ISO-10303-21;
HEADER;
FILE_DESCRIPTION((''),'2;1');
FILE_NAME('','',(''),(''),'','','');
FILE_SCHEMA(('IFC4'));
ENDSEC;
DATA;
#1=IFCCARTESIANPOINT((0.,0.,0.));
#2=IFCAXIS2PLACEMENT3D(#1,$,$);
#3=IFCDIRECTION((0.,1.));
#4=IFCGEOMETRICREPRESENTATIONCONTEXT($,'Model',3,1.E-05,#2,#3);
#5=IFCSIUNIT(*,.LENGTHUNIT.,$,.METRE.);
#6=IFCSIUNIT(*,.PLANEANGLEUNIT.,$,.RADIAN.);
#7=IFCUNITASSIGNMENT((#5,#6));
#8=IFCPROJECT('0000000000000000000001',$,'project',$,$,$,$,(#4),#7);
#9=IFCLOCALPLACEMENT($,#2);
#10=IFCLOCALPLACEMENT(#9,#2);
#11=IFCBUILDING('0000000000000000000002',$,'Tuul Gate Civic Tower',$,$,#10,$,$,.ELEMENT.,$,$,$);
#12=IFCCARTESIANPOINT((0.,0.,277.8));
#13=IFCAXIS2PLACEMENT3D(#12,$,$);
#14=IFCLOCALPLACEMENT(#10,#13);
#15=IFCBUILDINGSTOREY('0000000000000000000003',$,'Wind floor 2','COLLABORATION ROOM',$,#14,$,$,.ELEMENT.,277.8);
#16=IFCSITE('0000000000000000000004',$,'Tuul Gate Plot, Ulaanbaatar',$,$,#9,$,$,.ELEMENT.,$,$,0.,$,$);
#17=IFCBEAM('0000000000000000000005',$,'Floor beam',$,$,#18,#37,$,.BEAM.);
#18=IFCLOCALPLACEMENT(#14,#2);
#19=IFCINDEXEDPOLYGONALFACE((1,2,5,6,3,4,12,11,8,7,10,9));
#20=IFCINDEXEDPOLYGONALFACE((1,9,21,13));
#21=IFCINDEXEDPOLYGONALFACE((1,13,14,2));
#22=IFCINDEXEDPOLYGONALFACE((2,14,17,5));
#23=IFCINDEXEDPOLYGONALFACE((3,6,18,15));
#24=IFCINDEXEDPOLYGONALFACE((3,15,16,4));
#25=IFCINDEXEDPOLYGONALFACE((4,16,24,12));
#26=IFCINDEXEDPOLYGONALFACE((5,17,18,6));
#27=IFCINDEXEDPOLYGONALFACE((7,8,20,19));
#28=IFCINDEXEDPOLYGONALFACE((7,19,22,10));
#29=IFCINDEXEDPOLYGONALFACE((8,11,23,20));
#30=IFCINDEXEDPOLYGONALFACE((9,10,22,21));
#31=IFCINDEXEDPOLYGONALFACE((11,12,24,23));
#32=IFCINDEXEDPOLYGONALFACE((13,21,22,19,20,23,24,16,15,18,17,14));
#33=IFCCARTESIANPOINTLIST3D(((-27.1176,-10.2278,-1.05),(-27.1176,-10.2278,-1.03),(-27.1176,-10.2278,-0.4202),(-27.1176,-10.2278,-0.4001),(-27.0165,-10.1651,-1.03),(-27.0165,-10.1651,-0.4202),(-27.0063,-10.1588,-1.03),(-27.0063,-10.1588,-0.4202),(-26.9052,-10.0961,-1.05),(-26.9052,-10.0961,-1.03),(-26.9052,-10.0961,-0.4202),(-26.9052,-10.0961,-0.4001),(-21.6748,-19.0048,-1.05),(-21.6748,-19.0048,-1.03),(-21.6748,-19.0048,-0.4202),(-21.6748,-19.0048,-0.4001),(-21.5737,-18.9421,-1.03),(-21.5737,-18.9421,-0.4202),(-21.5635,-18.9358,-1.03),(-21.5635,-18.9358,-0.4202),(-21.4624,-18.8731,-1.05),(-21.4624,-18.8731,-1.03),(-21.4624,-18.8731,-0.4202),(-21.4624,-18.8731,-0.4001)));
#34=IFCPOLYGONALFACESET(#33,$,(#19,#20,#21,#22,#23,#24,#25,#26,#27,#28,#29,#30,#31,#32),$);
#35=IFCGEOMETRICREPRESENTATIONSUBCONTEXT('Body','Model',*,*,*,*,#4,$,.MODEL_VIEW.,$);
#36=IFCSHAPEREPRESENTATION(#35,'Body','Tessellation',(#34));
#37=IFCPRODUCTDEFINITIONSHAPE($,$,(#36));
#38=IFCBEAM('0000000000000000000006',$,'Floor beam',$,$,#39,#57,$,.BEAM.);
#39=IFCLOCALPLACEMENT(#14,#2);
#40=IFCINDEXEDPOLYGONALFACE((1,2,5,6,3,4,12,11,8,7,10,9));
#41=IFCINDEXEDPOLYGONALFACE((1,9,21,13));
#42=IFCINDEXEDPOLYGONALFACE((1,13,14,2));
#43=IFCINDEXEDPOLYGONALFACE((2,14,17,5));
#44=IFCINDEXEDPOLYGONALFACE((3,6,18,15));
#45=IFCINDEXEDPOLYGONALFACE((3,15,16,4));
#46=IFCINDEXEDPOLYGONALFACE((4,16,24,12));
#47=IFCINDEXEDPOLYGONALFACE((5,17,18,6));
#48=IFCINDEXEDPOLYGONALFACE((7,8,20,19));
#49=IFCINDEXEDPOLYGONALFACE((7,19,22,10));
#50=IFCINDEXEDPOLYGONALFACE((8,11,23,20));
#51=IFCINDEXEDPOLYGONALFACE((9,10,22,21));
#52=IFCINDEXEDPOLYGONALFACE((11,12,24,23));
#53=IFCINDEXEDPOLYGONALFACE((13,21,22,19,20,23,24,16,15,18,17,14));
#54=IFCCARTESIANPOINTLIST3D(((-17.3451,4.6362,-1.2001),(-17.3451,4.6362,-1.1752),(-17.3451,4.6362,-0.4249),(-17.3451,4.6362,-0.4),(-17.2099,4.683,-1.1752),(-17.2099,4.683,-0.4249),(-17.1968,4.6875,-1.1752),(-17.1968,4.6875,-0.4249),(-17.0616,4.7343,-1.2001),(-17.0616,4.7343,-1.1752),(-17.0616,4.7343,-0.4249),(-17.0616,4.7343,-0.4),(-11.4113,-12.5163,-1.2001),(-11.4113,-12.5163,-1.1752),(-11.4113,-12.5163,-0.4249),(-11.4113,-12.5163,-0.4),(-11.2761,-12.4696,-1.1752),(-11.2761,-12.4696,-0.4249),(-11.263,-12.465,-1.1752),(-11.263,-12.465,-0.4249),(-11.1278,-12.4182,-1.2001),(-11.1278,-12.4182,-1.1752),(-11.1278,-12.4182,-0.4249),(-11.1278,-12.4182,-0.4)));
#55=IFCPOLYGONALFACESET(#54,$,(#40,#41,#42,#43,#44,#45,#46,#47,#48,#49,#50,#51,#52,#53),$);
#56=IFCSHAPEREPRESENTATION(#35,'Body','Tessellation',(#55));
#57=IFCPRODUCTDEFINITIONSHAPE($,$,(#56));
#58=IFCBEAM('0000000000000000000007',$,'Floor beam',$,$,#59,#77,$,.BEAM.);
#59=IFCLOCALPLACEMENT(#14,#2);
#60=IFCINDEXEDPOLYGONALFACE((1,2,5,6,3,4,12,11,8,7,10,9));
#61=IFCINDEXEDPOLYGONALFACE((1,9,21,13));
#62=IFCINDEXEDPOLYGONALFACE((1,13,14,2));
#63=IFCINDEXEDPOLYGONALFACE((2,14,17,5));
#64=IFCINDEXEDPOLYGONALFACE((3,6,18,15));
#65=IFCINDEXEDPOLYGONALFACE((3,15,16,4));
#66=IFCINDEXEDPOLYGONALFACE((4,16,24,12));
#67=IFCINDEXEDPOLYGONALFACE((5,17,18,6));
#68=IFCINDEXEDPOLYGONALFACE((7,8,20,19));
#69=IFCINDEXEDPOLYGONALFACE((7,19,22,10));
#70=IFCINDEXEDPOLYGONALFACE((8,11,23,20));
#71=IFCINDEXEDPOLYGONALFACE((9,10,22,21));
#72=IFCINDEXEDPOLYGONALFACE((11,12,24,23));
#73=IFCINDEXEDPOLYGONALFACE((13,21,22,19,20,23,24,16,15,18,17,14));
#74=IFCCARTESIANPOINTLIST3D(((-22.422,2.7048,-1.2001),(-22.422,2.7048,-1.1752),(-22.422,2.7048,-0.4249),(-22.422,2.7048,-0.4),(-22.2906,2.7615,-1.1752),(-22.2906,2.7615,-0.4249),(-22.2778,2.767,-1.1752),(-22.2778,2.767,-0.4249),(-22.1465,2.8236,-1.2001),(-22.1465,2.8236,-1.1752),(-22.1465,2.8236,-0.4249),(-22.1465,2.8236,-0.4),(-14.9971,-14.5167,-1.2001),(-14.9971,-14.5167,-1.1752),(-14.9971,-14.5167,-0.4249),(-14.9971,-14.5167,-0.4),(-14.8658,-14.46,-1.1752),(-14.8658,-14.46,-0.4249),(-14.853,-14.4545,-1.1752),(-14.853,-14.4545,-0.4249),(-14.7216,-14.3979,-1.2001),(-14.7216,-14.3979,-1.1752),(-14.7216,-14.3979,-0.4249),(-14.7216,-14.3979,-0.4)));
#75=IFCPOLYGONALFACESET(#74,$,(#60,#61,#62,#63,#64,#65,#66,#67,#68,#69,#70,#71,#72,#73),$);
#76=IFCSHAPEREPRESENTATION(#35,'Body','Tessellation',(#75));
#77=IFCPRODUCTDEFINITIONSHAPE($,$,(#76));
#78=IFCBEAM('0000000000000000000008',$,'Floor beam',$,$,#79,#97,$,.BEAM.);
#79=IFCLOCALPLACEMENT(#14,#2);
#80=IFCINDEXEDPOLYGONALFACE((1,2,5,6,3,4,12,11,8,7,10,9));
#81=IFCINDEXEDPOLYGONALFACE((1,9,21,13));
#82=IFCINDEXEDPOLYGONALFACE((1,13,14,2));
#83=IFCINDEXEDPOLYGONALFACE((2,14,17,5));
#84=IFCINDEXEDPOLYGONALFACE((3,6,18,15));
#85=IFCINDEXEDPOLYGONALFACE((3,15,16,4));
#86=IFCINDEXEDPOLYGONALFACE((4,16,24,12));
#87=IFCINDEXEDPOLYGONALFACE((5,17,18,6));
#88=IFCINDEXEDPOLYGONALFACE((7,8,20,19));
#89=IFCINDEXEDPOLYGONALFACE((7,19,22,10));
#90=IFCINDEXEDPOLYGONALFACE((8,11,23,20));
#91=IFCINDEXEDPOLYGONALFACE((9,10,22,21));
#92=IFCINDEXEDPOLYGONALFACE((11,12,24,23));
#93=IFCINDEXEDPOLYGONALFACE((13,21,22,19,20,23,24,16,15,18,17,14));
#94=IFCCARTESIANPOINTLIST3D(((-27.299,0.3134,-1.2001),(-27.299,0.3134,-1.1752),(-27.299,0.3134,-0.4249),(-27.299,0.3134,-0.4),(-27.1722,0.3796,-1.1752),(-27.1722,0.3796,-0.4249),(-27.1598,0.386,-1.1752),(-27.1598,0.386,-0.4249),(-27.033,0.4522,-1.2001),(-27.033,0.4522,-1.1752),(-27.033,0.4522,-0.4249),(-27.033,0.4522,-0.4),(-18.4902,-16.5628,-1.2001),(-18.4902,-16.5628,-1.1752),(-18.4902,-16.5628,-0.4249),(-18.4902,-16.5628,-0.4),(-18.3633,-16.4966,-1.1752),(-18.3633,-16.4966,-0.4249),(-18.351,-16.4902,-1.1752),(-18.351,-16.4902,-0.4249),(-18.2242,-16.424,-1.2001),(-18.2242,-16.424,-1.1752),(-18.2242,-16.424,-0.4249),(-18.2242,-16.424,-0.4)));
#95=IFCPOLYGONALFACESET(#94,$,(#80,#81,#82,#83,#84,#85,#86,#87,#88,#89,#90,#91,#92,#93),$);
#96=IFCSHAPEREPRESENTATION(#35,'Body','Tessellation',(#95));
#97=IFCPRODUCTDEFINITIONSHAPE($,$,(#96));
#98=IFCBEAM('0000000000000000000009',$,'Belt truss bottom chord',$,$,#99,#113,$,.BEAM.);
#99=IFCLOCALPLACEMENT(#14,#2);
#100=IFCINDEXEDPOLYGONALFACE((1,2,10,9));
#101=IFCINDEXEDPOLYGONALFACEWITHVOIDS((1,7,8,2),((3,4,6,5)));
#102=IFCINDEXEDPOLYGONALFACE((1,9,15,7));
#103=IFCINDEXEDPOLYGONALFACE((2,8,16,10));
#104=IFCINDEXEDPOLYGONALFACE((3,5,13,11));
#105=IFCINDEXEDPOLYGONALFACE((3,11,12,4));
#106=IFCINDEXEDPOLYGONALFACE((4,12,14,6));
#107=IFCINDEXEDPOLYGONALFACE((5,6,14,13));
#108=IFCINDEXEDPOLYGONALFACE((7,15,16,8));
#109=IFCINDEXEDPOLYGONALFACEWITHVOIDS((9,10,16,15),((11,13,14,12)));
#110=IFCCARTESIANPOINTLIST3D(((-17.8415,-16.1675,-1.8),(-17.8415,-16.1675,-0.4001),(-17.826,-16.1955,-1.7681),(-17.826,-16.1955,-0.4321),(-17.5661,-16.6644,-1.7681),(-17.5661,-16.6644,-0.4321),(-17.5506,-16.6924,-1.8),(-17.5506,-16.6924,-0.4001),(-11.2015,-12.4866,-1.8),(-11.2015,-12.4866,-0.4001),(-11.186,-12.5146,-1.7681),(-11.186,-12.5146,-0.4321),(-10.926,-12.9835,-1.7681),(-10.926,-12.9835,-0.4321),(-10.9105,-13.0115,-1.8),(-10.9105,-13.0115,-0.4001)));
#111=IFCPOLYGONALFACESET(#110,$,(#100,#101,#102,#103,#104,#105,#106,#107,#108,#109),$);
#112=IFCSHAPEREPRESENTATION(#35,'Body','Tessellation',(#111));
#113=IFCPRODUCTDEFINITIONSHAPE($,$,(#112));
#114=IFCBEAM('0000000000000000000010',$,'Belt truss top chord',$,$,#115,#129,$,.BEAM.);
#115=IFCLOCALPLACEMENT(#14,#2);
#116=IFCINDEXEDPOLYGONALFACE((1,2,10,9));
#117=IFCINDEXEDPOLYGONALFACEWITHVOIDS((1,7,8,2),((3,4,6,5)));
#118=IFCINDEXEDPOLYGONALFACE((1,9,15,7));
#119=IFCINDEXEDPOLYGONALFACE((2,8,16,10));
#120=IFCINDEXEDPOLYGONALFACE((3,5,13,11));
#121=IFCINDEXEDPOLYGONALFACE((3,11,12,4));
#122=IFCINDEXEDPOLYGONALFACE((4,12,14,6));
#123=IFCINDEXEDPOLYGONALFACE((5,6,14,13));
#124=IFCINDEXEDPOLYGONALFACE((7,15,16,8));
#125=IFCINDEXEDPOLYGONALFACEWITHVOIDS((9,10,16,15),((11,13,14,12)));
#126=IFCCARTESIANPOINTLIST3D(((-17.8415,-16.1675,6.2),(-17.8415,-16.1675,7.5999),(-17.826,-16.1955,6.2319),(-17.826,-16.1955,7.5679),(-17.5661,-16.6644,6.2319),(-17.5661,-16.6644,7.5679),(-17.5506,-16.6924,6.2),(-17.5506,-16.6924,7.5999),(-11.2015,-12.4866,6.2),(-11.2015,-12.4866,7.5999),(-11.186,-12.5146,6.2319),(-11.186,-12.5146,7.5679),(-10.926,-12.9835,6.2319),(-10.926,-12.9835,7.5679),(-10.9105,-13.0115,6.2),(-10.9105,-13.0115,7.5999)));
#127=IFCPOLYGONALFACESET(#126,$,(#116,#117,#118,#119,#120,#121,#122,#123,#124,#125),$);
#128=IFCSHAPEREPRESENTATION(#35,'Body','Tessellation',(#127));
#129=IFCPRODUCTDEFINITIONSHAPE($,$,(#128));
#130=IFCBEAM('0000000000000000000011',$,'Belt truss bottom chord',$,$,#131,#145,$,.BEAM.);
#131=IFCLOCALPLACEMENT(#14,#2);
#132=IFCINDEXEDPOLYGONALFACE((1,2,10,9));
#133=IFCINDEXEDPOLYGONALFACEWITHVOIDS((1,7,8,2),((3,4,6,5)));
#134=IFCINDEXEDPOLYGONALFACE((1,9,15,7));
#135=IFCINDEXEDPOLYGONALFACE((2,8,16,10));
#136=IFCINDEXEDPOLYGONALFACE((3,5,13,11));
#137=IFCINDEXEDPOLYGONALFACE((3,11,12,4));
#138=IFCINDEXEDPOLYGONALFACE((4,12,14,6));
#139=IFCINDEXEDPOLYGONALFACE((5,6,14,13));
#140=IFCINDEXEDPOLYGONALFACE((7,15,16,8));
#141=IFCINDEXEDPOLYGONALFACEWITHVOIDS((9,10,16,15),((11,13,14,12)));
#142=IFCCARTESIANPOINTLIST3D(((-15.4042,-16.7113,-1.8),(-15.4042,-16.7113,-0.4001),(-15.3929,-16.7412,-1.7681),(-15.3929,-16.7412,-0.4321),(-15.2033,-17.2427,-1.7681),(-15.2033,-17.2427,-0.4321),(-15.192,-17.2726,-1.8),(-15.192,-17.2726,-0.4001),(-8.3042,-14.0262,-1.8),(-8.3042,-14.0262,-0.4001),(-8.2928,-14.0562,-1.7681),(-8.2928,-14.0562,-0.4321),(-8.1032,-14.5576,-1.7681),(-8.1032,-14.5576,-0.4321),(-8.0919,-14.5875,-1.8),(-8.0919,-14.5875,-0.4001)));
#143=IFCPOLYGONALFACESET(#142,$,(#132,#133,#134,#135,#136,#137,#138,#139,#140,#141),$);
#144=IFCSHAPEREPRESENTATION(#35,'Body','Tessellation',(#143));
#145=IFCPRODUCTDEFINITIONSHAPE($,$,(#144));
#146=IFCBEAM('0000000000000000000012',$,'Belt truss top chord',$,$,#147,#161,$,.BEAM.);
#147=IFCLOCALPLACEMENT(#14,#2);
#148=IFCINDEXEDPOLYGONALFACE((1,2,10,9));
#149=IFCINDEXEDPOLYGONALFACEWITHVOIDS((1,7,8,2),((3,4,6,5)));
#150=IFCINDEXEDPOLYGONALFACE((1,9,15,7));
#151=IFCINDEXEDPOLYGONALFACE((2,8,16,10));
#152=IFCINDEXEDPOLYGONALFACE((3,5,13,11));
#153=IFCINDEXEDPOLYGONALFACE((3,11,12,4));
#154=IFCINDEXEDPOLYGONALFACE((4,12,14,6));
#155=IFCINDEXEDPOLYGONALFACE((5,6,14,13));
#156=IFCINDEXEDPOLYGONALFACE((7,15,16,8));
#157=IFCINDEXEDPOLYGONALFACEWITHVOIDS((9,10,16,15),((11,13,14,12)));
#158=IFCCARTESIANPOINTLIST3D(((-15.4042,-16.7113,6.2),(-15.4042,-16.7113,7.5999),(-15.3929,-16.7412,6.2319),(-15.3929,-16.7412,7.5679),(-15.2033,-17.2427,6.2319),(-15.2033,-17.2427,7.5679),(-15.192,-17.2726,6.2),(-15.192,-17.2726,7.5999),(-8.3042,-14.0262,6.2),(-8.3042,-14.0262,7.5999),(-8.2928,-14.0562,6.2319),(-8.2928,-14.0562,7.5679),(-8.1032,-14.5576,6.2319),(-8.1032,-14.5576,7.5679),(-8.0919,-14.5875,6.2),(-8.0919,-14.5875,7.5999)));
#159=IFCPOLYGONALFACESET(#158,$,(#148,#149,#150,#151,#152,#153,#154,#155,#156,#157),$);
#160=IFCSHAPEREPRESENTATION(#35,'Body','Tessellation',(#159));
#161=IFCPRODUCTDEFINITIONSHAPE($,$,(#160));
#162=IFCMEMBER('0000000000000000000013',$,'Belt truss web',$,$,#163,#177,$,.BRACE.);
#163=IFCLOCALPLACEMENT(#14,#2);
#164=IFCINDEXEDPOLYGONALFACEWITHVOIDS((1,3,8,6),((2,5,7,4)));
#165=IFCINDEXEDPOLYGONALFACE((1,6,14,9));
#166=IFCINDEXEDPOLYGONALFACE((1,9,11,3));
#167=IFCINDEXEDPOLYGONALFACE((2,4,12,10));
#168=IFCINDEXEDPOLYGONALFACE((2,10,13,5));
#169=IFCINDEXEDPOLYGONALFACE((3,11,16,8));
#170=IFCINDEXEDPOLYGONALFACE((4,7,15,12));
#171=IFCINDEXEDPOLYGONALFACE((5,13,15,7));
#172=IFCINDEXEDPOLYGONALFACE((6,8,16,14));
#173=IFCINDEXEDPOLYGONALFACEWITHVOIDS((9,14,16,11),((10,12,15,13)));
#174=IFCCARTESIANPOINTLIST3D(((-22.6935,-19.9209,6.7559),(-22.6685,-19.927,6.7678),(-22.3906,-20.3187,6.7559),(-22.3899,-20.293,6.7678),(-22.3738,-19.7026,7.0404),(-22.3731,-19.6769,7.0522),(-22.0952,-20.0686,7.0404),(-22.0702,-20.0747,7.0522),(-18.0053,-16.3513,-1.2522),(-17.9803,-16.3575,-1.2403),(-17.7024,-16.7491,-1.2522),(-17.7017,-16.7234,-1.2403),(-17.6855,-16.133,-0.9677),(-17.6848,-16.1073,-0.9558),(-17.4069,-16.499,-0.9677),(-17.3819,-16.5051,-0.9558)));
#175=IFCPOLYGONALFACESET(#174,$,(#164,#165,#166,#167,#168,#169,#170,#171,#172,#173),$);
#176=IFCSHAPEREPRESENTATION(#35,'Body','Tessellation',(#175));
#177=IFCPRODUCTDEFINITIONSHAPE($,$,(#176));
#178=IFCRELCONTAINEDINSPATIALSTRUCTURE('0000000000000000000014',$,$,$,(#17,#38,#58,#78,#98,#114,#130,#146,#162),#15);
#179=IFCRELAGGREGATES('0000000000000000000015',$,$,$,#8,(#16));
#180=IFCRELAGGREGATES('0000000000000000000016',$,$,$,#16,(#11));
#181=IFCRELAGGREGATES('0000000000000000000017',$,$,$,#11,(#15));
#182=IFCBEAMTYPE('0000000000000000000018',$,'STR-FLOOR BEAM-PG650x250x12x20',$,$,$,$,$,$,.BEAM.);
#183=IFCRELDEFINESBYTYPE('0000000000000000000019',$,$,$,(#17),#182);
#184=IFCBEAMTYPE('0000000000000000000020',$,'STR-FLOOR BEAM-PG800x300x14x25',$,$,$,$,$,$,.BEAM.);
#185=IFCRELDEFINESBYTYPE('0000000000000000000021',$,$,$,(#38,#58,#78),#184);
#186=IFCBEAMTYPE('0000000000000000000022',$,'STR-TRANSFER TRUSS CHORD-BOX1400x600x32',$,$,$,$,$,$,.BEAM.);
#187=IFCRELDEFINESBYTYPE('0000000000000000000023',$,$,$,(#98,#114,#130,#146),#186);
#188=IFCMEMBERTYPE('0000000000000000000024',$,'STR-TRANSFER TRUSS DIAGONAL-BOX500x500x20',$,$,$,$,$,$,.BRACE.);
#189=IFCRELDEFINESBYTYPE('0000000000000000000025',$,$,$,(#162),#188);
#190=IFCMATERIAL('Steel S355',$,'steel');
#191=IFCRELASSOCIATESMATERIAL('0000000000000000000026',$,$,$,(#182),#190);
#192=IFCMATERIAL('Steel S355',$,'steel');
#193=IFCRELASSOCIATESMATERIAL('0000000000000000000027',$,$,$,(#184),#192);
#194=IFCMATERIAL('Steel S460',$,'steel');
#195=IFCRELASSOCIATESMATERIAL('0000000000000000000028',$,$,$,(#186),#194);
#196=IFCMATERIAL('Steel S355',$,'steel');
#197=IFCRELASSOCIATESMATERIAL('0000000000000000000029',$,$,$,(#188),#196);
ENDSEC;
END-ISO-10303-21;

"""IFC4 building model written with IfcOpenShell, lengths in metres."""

from ifc_helpers import new_model, si_unit, direction, frame, origin, origin_2d, place, context, subcontext, project, spatial, hollow_rectangle, i_section, extrude, material, material_profile, profile_set, type_object, element, save


model = new_model("IFC4")

# Units and contexts
model_context = context("Model", 3, precision=1e-05, world=origin(), true_north=direction((0.0, 1.0)))
body_context = subcontext(model_context, "Body", "Model", "MODEL_VIEW")
ifc_project = project(units=[si_unit("LENGTHUNIT", "METRE"), si_unit("PLANEANGLEUNIT", "RADIAN")], contexts=[model_context])

# Site, building, storey
site_placement = place(None, origin())
site = spatial("IfcSite", under=ifc_project, at=site_placement, Name="Tuul Gate Plot, Ulaanbaatar", CompositionType="ELEMENT", RefElevation=0.0)
building_placement = place(site_placement, origin())
building = spatial("IfcBuilding", under=site, at=building_placement, Name="Tuul Gate Civic Tower", CompositionType="ELEMENT")
storey_placement = place(building_placement, frame((0.0, 0.0, 277.8)))
storey = spatial("IfcBuildingStorey", under=building, at=storey_placement, Name="Wind floor 2", Description="COLLABORATION ROOM", CompositionType="ELEMENT", Elevation=277.8)

# Beams
ifc_material_1 = material(Name="Steel S355", Category="steel")
ifc_material_profile_1 = material_profile(ifc_material_1, i_section(OverallWidth=0.25, OverallDepth=0.6499, WebThickness=0.012, FlangeThickness=0.02, at=origin_2d()), Name="PG650x250x12x20")
ifc_profile_set_1 = profile_set([ifc_material_profile_1], Name="Steel S355")
beam_type_1 = type_object("IfcBeamType", Name="STR-FLOOR BEAM-PG650x250x12x20", PredefinedType="BEAM", material=ifc_profile_set_1)
beam_1_placement = place(storey_placement, frame((-21.5686, -18.939, -0.7251), z_axis=(-0.527014, 0.849856, 0.0), x_axis=(-0.849856, -0.527014, 0.0)))
element("IfcBeam", 1, at=beam_1_placement, inside=storey, type_object=beam_type_1, Name="Floor beam", PredefinedType="BEAM", context=body_context, shape_type="SweptSolid", body=[
    extrude(i_section(OverallWidth=0.25, OverallDepth=0.6499, WebThickness=0.012, FlangeThickness=0.02, at=origin_2d()), origin(), (0.0, 0.0, 1.0), 10.3276),
])
ifc_material_2 = material(Name="Steel S355", Category="steel")
ifc_material_profile_2 = material_profile(ifc_material_2, i_section(OverallWidth=0.3, OverallDepth=0.8, WebThickness=0.0139, FlangeThickness=0.0249, at=origin_2d()), Name="PG800x300x14x25")
ifc_profile_set_2 = profile_set([ifc_material_profile_2], Name="Steel S355")
beam_type_2 = type_object("IfcBeamType", Name="STR-FLOOR BEAM-PG800x300x14x25", PredefinedType="BEAM", material=ifc_profile_set_2)
beam_2_placement = place(storey_placement, frame((-11.2695, -12.4673, -0.8), z_axis=(-0.326934, 0.945047, 0.0), x_axis=(-0.945047, -0.326934, 0.0)))
element("IfcBeam", 2, at=beam_2_placement, inside=storey, type_object=beam_type_2, Name="Floor beam", PredefinedType="BEAM", context=body_context, shape_type="SweptSolid", body=[
    extrude(i_section(OverallWidth=0.3, OverallDepth=0.8, WebThickness=0.0139, FlangeThickness=0.0249, at=origin_2d()), origin(), (0.0, 0.0, 1.0), 18.1499),
])
beam_3_placement = place(storey_placement, frame((-14.8594, -14.4573, -0.8), z_axis=(-0.395909, 0.91829, 0.0), x_axis=(-0.91829, -0.395909, 0.0)))
element("IfcBeam", 3, at=beam_3_placement, inside=storey, type_object=beam_type_2, Name="Floor beam", PredefinedType="BEAM", context=body_context, shape_type="SweptSolid", body=[
    extrude(i_section(OverallWidth=0.3, OverallDepth=0.8, WebThickness=0.0139, FlangeThickness=0.0249, at=origin_2d()), origin(), (0.0, 0.0, 1.0), 18.7539),
])
beam_4_placement = place(storey_placement, frame((-18.3572, -16.4934, -0.8), z_axis=(-0.462725, 0.886502, 0.0), x_axis=(-0.886502, -0.462725, 0.0)))
element("IfcBeam", 4, at=beam_4_placement, inside=storey, type_object=beam_type_2, Name="Floor beam", PredefinedType="BEAM", context=body_context, shape_type="SweptSolid", body=[
    extrude(i_section(OverallWidth=0.3, OverallDepth=0.8, WebThickness=0.0139, FlangeThickness=0.0249, at=origin_2d()), origin(), (0.0, 0.0, 1.0), 19.0369),
])
ifc_material_3 = material(Name="Steel S460", Category="steel")
ifc_material_profile_3 = material_profile(ifc_material_3, hollow_rectangle(XDim=0.6001, YDim=1.3999, WallThickness=0.032, at=origin_2d()), Name="BOX1400x600x32")
ifc_profile_set_3 = profile_set([ifc_material_profile_3], Name="Steel S460")
beam_type_3 = type_object("IfcBeamType", Name="STR-TRANSFER TRUSS CHORD-BOX1400x600x32", PredefinedType="BEAM", material=ifc_profile_set_3)
for number, where, z_axis, x_axis, name in (
    (5, (-17.696, -16.4299, -1.1001), (0.874607, 0.484832, 0.0), (-0.484832, 0.874607, 0.0), "Belt truss bottom chord"),
    (6, (-17.696, -16.4299, 6.8999), (0.874607, 0.484832, 0.0), (-0.484832, 0.874607, 0.0), "Belt truss top chord"),
):
    element("IfcBeam", number, at=place(storey_placement, frame(where, z_axis=z_axis, x_axis=x_axis)), inside=storey, type_object=beam_type_3, Name=name, PredefinedType="BEAM", context=body_context, shape_type="SweptSolid", body=[
        extrude(hollow_rectangle(XDim=0.6001, YDim=1.3999, WallThickness=0.032, at=origin_2d()), origin(), (0.0, 0.0, 1.0), 7.592),
    ])
for number, where, z_axis, x_axis, name in (
    (7, (-15.2981, -16.9919, -1.1001), (0.93535, 0.353723, 0.0), (-0.353723, 0.93535, 0.0), "Belt truss bottom chord"),
    (8, (-15.2981, -16.9919, 6.8999), (0.93535, 0.353723, 0.0), (-0.353723, 0.93535, 0.0), "Belt truss top chord"),
):
    element("IfcBeam", number, at=place(storey_placement, frame(where, z_axis=z_axis, x_axis=x_axis)), inside=storey, type_object=beam_type_3, Name=name, PredefinedType="BEAM", context=body_context, shape_type="SweptSolid", body=[
        extrude(hollow_rectangle(XDim=0.6001, YDim=1.3999, WallThickness=0.032, at=origin_2d()), origin(), (0.0, 0.0, 1.0), 7.5908),
    ])

# Member
ifc_material_4 = material(Name="Steel S355", Category="steel")
ifc_material_profile_4 = material_profile(ifc_material_4, hollow_rectangle(XDim=0.5, YDim=0.5, WallThickness=0.02, at=origin_2d()), Name="BOX500x500x20")
ifc_profile_set_4 = profile_set([ifc_material_profile_4], Name="Steel S355")
member_type_1 = type_object("IfcMemberType", Name="STR-TRANSFER TRUSS DIAGONAL-BOX500x500x20", PredefinedType="BRACE", material=ifc_profile_set_4)
member_placement = place(storey_placement, frame((-17.6936, -16.4282, -1.104), z_axis=(-0.471542, -0.359028, 0.805449), x_axis=(0.605785, -0.795629, 0.0)))
element("IfcMember", 9, at=member_placement, inside=storey, type_object=member_type_1, Name="Belt truss web", PredefinedType="BRACE", context=body_context, shape_type="SweptSolid", body=[
    extrude(hollow_rectangle(XDim=0.5, YDim=0.5, WallThickness=0.02, at=origin_2d()), origin(), (0.0, 0.0, 1.0), 9.9424),
])

save(model, "model.ifc")
